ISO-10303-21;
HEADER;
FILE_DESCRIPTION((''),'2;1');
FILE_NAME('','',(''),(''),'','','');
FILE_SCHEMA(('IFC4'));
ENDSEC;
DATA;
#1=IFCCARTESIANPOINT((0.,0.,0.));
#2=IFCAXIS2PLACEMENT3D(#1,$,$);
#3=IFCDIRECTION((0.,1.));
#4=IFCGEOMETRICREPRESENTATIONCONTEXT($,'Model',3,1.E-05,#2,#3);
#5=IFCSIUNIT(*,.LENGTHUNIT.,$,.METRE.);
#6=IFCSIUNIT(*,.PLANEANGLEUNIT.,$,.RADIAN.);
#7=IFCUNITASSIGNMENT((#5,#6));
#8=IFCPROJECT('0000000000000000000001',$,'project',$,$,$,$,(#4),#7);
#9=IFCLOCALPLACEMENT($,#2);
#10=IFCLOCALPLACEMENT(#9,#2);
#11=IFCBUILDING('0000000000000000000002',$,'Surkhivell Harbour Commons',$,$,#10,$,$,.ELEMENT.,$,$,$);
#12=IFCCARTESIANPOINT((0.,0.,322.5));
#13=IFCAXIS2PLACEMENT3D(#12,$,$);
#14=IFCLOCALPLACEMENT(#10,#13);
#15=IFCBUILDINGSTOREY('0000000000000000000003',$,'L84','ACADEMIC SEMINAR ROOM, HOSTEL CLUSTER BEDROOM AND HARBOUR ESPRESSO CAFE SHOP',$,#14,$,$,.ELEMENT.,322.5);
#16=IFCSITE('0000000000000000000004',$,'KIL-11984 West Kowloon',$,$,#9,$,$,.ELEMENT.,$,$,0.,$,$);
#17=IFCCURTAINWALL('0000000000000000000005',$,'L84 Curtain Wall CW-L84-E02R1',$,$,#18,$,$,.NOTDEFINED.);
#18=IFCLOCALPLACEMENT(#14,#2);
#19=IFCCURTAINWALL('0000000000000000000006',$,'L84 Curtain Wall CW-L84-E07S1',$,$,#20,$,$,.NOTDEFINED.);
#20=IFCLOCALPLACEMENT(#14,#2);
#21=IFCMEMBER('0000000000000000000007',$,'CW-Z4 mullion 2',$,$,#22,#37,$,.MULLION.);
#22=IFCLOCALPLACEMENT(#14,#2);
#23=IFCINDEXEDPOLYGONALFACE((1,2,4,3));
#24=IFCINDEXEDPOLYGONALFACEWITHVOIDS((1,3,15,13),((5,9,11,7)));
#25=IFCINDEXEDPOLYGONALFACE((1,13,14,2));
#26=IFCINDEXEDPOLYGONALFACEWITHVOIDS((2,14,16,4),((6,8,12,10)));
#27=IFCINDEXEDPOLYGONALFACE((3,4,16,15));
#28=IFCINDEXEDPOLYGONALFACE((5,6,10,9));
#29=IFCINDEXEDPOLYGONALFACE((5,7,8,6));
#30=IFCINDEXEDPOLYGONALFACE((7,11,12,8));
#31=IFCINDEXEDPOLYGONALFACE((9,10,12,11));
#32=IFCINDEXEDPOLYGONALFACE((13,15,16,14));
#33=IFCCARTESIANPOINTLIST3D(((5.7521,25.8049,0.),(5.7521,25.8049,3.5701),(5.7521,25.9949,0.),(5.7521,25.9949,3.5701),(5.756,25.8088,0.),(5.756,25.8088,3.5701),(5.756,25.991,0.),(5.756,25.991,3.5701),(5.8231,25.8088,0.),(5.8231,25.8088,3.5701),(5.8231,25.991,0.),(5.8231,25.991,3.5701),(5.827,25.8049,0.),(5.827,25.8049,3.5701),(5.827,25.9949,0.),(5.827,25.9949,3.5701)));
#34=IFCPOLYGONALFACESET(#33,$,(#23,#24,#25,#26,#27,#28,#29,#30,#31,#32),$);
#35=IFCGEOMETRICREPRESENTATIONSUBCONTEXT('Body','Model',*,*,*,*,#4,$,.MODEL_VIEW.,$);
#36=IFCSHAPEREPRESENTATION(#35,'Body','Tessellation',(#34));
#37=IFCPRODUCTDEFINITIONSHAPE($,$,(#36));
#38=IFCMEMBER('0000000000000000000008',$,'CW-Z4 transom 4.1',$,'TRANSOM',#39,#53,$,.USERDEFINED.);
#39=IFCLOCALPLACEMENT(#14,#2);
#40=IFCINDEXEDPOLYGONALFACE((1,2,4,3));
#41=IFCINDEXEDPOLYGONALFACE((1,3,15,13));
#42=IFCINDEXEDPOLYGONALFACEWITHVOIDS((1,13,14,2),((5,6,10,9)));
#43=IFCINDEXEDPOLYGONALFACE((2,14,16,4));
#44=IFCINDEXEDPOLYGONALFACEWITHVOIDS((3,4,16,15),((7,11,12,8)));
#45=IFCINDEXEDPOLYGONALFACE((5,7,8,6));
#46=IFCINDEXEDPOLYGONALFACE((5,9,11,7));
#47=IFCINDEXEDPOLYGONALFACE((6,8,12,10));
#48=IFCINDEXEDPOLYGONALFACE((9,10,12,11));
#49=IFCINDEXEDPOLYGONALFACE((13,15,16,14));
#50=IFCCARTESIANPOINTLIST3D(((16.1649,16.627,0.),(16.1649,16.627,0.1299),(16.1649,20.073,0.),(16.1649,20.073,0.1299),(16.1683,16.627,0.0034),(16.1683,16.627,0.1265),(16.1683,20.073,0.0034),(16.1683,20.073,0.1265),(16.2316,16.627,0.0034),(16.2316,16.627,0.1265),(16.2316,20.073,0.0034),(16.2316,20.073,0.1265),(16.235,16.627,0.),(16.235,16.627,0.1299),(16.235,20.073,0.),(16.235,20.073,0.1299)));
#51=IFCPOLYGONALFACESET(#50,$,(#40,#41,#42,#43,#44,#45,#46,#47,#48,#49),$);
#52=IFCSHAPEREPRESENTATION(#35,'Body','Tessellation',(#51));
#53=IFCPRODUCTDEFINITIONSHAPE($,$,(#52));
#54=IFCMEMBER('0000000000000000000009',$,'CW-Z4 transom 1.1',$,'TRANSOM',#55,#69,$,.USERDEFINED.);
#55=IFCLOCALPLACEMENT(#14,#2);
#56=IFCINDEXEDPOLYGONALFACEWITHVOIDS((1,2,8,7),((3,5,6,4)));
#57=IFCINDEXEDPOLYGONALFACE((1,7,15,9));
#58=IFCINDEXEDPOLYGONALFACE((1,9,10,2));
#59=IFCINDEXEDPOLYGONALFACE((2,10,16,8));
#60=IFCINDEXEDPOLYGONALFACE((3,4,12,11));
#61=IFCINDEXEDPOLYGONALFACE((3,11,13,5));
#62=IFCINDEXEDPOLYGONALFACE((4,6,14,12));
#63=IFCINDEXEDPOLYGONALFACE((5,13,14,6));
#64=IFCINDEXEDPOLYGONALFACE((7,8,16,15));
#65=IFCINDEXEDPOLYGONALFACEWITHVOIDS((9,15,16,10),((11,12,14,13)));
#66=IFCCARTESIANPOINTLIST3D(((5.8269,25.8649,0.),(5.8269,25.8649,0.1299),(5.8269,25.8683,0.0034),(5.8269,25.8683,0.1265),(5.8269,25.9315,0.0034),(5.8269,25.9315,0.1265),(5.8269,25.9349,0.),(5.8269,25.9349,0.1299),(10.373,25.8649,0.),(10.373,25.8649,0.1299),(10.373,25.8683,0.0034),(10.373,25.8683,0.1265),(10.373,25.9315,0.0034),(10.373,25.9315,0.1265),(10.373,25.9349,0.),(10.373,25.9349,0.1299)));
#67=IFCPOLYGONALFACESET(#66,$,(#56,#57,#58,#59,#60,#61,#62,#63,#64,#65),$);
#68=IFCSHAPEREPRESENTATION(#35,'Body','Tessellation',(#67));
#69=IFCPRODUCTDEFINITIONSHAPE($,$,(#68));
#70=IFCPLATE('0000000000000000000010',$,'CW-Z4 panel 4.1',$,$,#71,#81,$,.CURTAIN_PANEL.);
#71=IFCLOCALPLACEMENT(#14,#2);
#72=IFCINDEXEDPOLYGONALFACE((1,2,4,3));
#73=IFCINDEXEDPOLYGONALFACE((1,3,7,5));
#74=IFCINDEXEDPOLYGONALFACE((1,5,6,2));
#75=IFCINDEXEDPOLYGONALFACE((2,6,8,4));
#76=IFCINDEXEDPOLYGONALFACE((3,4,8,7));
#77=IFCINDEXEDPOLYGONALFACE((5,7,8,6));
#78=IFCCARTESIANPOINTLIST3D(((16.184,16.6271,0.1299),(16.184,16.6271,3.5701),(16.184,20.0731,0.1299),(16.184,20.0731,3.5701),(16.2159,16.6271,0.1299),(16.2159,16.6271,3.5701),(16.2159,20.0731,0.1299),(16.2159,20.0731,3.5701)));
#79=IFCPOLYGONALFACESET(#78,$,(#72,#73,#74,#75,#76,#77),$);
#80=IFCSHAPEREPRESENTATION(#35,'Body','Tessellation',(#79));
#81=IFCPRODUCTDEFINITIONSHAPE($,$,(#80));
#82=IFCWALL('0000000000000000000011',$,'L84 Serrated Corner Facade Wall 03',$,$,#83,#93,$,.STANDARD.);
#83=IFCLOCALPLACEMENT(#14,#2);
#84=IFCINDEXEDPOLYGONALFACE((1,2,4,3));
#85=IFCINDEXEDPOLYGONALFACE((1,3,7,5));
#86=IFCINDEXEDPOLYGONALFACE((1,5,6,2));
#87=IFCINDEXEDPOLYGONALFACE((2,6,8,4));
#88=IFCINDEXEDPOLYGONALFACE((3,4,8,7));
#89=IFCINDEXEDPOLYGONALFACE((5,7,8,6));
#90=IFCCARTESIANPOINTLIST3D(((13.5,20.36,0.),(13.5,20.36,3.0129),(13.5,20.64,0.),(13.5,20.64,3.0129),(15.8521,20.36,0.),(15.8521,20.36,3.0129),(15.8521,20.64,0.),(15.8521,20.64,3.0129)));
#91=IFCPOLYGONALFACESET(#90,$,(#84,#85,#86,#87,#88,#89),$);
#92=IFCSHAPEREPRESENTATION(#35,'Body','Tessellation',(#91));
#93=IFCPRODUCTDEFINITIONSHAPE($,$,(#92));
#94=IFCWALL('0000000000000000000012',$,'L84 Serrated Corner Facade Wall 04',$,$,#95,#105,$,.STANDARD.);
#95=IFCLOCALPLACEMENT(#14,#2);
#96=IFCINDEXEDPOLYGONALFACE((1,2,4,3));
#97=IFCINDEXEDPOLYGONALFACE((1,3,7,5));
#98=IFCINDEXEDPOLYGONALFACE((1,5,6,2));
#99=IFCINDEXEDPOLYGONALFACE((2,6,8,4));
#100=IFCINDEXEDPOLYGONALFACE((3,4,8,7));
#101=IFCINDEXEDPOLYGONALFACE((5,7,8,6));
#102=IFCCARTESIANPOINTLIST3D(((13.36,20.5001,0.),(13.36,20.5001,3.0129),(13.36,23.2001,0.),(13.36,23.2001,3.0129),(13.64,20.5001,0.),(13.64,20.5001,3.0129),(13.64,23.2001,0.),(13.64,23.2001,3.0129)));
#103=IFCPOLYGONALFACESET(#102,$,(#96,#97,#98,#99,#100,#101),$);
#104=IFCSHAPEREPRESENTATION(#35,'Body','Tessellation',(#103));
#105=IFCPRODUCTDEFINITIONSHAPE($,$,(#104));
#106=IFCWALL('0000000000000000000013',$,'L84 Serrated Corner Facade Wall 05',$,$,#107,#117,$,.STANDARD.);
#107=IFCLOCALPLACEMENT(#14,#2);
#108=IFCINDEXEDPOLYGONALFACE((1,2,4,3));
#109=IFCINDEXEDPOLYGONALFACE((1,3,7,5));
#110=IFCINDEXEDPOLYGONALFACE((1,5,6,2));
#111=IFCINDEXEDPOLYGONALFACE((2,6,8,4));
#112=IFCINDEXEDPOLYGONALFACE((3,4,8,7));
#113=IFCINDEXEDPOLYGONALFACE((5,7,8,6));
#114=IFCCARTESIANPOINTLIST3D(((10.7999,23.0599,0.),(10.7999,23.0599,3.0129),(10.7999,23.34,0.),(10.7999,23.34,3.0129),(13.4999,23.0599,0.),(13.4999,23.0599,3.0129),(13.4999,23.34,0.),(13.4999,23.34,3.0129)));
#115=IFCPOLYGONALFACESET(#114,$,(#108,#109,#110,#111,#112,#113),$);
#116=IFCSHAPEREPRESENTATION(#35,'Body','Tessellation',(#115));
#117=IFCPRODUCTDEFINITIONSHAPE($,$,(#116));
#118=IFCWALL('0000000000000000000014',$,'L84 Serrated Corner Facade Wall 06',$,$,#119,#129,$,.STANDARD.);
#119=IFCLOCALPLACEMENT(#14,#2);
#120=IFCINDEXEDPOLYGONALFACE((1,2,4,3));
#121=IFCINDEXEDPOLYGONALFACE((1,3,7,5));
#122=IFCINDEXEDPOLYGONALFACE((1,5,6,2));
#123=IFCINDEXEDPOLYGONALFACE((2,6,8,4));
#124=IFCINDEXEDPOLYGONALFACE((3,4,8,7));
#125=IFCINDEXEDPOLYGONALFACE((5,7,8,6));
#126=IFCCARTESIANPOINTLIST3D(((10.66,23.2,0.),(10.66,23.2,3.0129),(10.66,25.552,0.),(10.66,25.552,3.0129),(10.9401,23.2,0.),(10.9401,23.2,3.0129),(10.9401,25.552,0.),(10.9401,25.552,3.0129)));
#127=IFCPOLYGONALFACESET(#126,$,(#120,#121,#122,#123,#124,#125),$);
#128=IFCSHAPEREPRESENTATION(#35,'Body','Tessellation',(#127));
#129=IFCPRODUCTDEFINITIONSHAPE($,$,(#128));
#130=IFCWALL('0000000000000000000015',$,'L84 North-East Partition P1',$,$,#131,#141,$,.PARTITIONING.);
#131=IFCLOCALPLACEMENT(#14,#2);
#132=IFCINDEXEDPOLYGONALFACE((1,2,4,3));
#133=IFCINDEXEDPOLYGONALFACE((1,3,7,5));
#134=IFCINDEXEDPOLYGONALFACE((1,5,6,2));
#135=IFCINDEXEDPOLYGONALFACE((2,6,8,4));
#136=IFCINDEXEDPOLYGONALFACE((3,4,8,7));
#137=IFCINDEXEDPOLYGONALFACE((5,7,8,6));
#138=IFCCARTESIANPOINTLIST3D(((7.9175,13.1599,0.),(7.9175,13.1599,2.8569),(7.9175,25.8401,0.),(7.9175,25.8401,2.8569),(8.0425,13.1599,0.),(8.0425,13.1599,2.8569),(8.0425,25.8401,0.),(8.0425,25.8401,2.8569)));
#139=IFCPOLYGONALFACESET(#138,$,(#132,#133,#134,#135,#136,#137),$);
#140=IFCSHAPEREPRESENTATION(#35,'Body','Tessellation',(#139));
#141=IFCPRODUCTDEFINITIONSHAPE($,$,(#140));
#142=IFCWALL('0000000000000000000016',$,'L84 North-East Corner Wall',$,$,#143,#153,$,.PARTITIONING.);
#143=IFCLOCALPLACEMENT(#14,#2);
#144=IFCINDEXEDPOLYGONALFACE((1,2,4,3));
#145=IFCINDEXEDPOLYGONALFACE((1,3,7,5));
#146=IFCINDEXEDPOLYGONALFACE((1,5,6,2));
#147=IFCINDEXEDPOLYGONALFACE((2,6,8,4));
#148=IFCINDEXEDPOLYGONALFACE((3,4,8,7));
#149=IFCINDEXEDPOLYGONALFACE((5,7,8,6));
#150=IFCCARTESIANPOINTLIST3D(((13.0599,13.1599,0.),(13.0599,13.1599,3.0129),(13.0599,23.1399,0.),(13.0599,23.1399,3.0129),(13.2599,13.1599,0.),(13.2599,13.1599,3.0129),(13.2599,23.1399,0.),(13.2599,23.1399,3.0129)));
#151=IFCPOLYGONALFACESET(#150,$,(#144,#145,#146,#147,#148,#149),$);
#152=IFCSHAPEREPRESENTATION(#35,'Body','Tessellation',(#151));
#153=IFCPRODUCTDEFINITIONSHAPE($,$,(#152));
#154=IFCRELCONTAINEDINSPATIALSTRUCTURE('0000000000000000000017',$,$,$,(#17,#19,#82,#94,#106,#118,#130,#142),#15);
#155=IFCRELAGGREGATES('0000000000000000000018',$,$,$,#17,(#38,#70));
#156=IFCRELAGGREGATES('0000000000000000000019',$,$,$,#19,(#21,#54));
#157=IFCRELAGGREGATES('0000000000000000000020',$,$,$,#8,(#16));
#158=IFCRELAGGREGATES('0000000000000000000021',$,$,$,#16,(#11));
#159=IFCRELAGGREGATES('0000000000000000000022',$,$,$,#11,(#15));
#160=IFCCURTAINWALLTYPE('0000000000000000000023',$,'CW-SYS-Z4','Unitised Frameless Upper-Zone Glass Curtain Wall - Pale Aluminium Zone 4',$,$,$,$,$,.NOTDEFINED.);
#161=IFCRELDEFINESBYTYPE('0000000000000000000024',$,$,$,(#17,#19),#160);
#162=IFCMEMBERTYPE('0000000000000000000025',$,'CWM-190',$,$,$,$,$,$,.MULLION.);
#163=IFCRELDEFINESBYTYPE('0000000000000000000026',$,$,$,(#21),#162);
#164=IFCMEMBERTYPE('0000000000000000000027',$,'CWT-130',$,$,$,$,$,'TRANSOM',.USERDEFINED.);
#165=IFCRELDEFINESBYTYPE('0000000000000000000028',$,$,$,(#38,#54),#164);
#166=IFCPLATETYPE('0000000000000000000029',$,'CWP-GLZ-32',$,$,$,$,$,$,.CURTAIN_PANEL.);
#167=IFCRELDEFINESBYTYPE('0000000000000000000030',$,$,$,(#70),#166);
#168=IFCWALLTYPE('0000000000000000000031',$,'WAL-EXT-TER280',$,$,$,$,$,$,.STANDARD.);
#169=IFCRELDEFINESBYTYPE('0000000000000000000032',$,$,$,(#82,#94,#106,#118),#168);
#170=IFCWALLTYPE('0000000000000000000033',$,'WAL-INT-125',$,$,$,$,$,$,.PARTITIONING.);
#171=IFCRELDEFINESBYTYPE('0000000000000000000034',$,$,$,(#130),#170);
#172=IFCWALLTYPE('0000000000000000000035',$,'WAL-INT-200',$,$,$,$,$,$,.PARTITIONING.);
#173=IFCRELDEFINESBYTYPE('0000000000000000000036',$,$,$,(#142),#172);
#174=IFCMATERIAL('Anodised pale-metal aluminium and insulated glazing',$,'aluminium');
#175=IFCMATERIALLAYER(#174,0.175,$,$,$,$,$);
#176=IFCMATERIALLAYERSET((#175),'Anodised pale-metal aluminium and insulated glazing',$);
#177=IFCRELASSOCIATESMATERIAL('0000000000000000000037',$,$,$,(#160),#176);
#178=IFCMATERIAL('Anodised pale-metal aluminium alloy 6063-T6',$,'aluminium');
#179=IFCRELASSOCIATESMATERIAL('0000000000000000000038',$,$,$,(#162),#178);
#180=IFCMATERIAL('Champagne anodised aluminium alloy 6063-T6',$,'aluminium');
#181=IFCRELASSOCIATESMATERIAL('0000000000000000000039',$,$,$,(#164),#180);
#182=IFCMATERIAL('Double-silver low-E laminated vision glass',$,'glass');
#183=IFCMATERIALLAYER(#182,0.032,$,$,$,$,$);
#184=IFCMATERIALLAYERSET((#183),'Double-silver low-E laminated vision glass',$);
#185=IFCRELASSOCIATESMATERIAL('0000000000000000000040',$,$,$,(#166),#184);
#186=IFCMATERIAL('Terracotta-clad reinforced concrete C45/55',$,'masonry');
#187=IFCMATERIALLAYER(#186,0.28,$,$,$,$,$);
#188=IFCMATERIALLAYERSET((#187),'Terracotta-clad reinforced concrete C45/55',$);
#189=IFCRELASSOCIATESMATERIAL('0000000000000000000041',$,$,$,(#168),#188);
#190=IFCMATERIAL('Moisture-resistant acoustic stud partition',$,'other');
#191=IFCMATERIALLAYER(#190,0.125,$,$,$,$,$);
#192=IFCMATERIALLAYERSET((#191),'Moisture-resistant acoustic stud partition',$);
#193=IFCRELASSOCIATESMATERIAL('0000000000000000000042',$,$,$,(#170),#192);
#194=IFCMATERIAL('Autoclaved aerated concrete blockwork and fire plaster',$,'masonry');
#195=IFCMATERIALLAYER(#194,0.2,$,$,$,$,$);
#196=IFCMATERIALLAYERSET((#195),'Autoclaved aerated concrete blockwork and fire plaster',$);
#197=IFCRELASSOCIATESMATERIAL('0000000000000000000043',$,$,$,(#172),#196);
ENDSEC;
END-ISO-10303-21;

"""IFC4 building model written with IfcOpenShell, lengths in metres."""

from ifc_helpers import new_model, si_unit, direction, frame, frame_2d, origin, origin_2d, place, context, subcontext, project, spatial, rectangle, hollow_rectangle, extrude, material, layer, layer_set, material_profile, profile_set, type_object, element, aggregate, save


model = new_model("IFC4")

# Units and contexts
model_context = context("Model", 3, precision=1e-05, world=origin(), true_north=direction((0.0, 1.0)))
body_context = subcontext(model_context, "Body", "Model", "MODEL_VIEW")
ifc_project = project(units=[si_unit("LENGTHUNIT", "METRE"), si_unit("PLANEANGLEUNIT", "RADIAN")], contexts=[model_context])

# Site, building, storey
site_placement = place(None, origin())
site = spatial("IfcSite", under=ifc_project, at=site_placement, Name="KIL-11984 West Kowloon", CompositionType="ELEMENT", RefElevation=0.0)
building_placement = place(site_placement, origin())
building = spatial("IfcBuilding", under=site, at=building_placement, Name="Surkhivell Harbour Commons", CompositionType="ELEMENT")
storey_placement = place(building_placement, frame((0.0, 0.0, 322.5)))
storey = spatial("IfcBuildingStorey", under=building, at=storey_placement, Name="L84", Description="ACADEMIC SEMINAR ROOM, HOSTEL CLUSTER BEDROOM AND HARBOUR ESPRESSO CAFE SHOP", CompositionType="ELEMENT", Elevation=322.5)

# Curtain walls, member
ifc_material_1 = material(Name="Anodised pale-metal aluminium and insulated glazing", Category="aluminium")
ifc_layer_1 = layer(ifc_material_1, 0.175)
ifc_layer_set_1 = layer_set([ifc_layer_1], Name="Anodised pale-metal aluminium and insulated glazing")
curtain_wall_type = type_object("IfcCurtainWallType", Name="CW-SYS-Z4", Description="Unitised Frameless Upper-Zone Glass Curtain Wall - Pale Aluminium Zone 4", PredefinedType="NOTDEFINED", material=ifc_layer_set_1)
curtain_wall_1_placement = place(storey_placement, origin())
curtain_wall_1 = element("IfcCurtainWall", 1, at=curtain_wall_1_placement, inside=storey, type_object=curtain_wall_type, Name="L84 Curtain Wall CW-L84-E02R1", PredefinedType="NOTDEFINED")
ifc_material_2 = material(Name="Anodised pale-metal aluminium alloy 6063-T6", Category="aluminium")
ifc_material_profile_1 = material_profile(ifc_material_2, hollow_rectangle(XDim=0.075, YDim=0.1899, WallThickness=0.0039, at=origin_2d()), Name="ALU-MULL-75x190")
ifc_profile_set_1 = profile_set([ifc_material_profile_1], Name="Anodised pale-metal aluminium alloy 6063-T6")
member_type_1 = type_object("IfcMemberType", Name="CWM-190", PredefinedType="MULLION", material=ifc_profile_set_1)
curtain_wall_2_placement = place(storey_placement, origin())
curtain_wall_2 = element("IfcCurtainWall", 2, at=curtain_wall_2_placement, inside=storey, type_object=curtain_wall_type, Name="L84 Curtain Wall CW-L84-E07S1", PredefinedType="NOTDEFINED")
member_1_placement = place(storey_placement, frame((5.7896, 25.8999, 0.0), z_axis=(0.0, 0.0, 1.0), x_axis=(-1.0, 0.0, 0.0)))
member_1 = element("IfcMember", 3, at=member_1_placement, type_object=member_type_1, Name="CW-Z4 mullion 2", PredefinedType="MULLION", context=body_context, shape_type="SweptSolid", body=[
    extrude(hollow_rectangle(XDim=0.075, YDim=0.1899, WallThickness=0.0039, at=origin_2d()), origin(), (0.0, 0.0, 1.0), 3.5701),
])

# Members
ifc_material_3 = material(Name="Champagne anodised aluminium alloy 6063-T6", Category="aluminium")
ifc_material_profile_2 = material_profile(ifc_material_3, hollow_rectangle(XDim=0.0701, YDim=0.1299, WallThickness=0.0034, at=origin_2d()), Name="ALU-TRAN-70x130")
ifc_profile_set_2 = profile_set([ifc_material_profile_2], Name="Champagne anodised aluminium alloy 6063-T6")
member_type_2 = type_object("IfcMemberType", Name="CWT-130", ElementType="TRANSOM", PredefinedType="USERDEFINED", material=ifc_profile_set_2)
member_2_placement = place(storey_placement, frame((16.2, 16.627, 0.0649), z_axis=(0.0, 1.0, 0.0), x_axis=(-1.0, 0.0, 0.0)))
member_2 = element("IfcMember", 4, at=member_2_placement, type_object=member_type_2, Name="CW-Z4 transom 4.1", ObjectType="TRANSOM", PredefinedType="USERDEFINED", context=body_context, shape_type="SweptSolid", body=[
    extrude(hollow_rectangle(XDim=0.0701, YDim=0.1299, WallThickness=0.0034, at=origin_2d()), origin(), (0.0, 0.0, 1.0), 3.446),
])
member_3_placement = place(storey_placement, frame((10.373, 25.8999, 0.0649), z_axis=(-1.0, 0.0, 0.0), x_axis=(0.0, -1.0, 0.0)))
member_3 = element("IfcMember", 5, at=member_3_placement, type_object=member_type_2, Name="CW-Z4 transom 1.1", ObjectType="TRANSOM", PredefinedType="USERDEFINED", context=body_context, shape_type="SweptSolid", body=[
    extrude(hollow_rectangle(XDim=0.0701, YDim=0.1299, WallThickness=0.0034, at=origin_2d()), origin(), (0.0, 0.0, 1.0), 4.5461),
])

# Plate
ifc_material_4 = material(Name="Double-silver low-E laminated vision glass", Category="glass")
ifc_layer_2 = layer(ifc_material_4, 0.032)
ifc_layer_set_2 = layer_set([ifc_layer_2], Name="Double-silver low-E laminated vision glass")
plate_type = type_object("IfcPlateType", Name="CWP-GLZ-32", PredefinedType="CURTAIN_PANEL", material=ifc_layer_set_2)
plate_1_placement = place(storey_placement, frame((16.2, 16.627, 0.1299), z_axis=(0.0, 0.0, 1.0), x_axis=(0.0, 1.0, 0.0)))
plate_1 = element("IfcPlate", 6, at=plate_1_placement, type_object=plate_type, Name="CW-Z4 panel 4.1", PredefinedType="CURTAIN_PANEL", context=body_context, shape_type="SweptSolid", body=[
    extrude(rectangle(XDim=3.446, YDim=0.032, at=frame_2d((1.7231, 0.0))), origin(), (0.0, 0.0, 1.0), 3.4402),
])
aggregate(curtain_wall_1, [member_2, plate_1])
aggregate(curtain_wall_2, [member_1, member_3])

# Walls
ifc_material_5 = material(Name="Terracotta-clad reinforced concrete C45/55", Category="masonry")
ifc_layer_3 = layer(ifc_material_5, 0.28)
ifc_layer_set_3 = layer_set([ifc_layer_3], Name="Terracotta-clad reinforced concrete C45/55")
wall_type_1 = type_object("IfcWallType", Name="WAL-EXT-TER280", PredefinedType="STANDARD", material=ifc_layer_set_3)
wall_1_placement = place(storey_placement, frame((15.8521, 20.5, 0.0), z_axis=(0.0, 0.0, 1.0), x_axis=(-1.0, 0.0, 0.0)))
element("IfcWall", 7, at=wall_1_placement, inside=storey, type_object=wall_type_1, Name="L84 Serrated Corner Facade Wall 03", PredefinedType="STANDARD", context=body_context, shape_type="SweptSolid", body=[
    extrude(rectangle(XDim=2.3521, YDim=0.28, at=frame_2d((1.176, 0.0))), origin(), (0.0, 0.0, 1.0), 3.0129),
])
for number, where, z_axis, x_axis, name in (
    (8, (13.5, 20.5, 0.0), (0.0, 0.0, 1.0), (0.0, 1.0, 0.0), "L84 Serrated Corner Facade Wall 04"),
    (9, (13.5, 23.2, 0.0), (0.0, 0.0, 1.0), (-1.0, 0.0, 0.0), "L84 Serrated Corner Facade Wall 05"),
):
    element("IfcWall", number, at=place(storey_placement, frame(where, z_axis=z_axis, x_axis=x_axis)), inside=storey, type_object=wall_type_1, Name=name, PredefinedType="STANDARD", context=body_context, shape_type="SweptSolid", body=[
        extrude(rectangle(XDim=2.7, YDim=0.28, at=frame_2d((1.3501, 0.0))), origin(), (0.0, 0.0, 1.0), 3.0129),
    ])
wall_2_placement = place(storey_placement, frame((10.8, 23.2, 0.0), z_axis=(0.0, 0.0, 1.0), x_axis=(0.0, 1.0, 0.0)))
element("IfcWall", 10, at=wall_2_placement, inside=storey, type_object=wall_type_1, Name="L84 Serrated Corner Facade Wall 06", PredefinedType="STANDARD", context=body_context, shape_type="SweptSolid", body=[
    extrude(rectangle(XDim=2.3521, YDim=0.28, at=frame_2d((1.176, 0.0))), origin(), (0.0, 0.0, 1.0), 3.0129),
])
ifc_material_6 = material(Name="Moisture-resistant acoustic stud partition", Category="other")
ifc_layer_4 = layer(ifc_material_6, 0.125)
ifc_layer_set_4 = layer_set([ifc_layer_4], Name="Moisture-resistant acoustic stud partition")
wall_type_2 = type_object("IfcWallType", Name="WAL-INT-125", PredefinedType="PARTITIONING", material=ifc_layer_set_4)
wall_3_placement = place(storey_placement, frame((7.98, 13.1599, 0.0), z_axis=(0.0, 0.0, 1.0), x_axis=(0.0, 1.0, 0.0)))
element("IfcWall", 11, at=wall_3_placement, inside=storey, type_object=wall_type_2, Name="L84 North-East Partition P1", PredefinedType="PARTITIONING", context=body_context, shape_type="SweptSolid", body=[
    extrude(rectangle(XDim=12.6802, YDim=0.125, at=frame_2d((6.3401, 0.0))), origin(), (0.0, 0.0, 1.0), 2.8569),
])
ifc_material_7 = material(Name="Autoclaved aerated concrete blockwork and fire plaster", Category="masonry")
ifc_layer_5 = layer(ifc_material_7, 0.2)
ifc_layer_set_5 = layer_set([ifc_layer_5], Name="Autoclaved aerated concrete blockwork and fire plaster")
wall_type_3 = type_object("IfcWallType", Name="WAL-INT-200", PredefinedType="PARTITIONING", material=ifc_layer_set_5)
wall_4_placement = place(storey_placement, frame((13.1599, 13.1599, 0.0), z_axis=(0.0, 0.0, 1.0), x_axis=(0.0, 1.0, 0.0)))
element("IfcWall", 12, at=wall_4_placement, inside=storey, type_object=wall_type_3, Name="L84 North-East Corner Wall", PredefinedType="PARTITIONING", context=body_context, shape_type="SweptSolid", body=[
    extrude(rectangle(XDim=9.98, YDim=0.2, at=frame_2d((4.99, 0.0))), origin(), (0.0, 0.0, 1.0), 3.0129),
])

save(model, "model.ifc")
